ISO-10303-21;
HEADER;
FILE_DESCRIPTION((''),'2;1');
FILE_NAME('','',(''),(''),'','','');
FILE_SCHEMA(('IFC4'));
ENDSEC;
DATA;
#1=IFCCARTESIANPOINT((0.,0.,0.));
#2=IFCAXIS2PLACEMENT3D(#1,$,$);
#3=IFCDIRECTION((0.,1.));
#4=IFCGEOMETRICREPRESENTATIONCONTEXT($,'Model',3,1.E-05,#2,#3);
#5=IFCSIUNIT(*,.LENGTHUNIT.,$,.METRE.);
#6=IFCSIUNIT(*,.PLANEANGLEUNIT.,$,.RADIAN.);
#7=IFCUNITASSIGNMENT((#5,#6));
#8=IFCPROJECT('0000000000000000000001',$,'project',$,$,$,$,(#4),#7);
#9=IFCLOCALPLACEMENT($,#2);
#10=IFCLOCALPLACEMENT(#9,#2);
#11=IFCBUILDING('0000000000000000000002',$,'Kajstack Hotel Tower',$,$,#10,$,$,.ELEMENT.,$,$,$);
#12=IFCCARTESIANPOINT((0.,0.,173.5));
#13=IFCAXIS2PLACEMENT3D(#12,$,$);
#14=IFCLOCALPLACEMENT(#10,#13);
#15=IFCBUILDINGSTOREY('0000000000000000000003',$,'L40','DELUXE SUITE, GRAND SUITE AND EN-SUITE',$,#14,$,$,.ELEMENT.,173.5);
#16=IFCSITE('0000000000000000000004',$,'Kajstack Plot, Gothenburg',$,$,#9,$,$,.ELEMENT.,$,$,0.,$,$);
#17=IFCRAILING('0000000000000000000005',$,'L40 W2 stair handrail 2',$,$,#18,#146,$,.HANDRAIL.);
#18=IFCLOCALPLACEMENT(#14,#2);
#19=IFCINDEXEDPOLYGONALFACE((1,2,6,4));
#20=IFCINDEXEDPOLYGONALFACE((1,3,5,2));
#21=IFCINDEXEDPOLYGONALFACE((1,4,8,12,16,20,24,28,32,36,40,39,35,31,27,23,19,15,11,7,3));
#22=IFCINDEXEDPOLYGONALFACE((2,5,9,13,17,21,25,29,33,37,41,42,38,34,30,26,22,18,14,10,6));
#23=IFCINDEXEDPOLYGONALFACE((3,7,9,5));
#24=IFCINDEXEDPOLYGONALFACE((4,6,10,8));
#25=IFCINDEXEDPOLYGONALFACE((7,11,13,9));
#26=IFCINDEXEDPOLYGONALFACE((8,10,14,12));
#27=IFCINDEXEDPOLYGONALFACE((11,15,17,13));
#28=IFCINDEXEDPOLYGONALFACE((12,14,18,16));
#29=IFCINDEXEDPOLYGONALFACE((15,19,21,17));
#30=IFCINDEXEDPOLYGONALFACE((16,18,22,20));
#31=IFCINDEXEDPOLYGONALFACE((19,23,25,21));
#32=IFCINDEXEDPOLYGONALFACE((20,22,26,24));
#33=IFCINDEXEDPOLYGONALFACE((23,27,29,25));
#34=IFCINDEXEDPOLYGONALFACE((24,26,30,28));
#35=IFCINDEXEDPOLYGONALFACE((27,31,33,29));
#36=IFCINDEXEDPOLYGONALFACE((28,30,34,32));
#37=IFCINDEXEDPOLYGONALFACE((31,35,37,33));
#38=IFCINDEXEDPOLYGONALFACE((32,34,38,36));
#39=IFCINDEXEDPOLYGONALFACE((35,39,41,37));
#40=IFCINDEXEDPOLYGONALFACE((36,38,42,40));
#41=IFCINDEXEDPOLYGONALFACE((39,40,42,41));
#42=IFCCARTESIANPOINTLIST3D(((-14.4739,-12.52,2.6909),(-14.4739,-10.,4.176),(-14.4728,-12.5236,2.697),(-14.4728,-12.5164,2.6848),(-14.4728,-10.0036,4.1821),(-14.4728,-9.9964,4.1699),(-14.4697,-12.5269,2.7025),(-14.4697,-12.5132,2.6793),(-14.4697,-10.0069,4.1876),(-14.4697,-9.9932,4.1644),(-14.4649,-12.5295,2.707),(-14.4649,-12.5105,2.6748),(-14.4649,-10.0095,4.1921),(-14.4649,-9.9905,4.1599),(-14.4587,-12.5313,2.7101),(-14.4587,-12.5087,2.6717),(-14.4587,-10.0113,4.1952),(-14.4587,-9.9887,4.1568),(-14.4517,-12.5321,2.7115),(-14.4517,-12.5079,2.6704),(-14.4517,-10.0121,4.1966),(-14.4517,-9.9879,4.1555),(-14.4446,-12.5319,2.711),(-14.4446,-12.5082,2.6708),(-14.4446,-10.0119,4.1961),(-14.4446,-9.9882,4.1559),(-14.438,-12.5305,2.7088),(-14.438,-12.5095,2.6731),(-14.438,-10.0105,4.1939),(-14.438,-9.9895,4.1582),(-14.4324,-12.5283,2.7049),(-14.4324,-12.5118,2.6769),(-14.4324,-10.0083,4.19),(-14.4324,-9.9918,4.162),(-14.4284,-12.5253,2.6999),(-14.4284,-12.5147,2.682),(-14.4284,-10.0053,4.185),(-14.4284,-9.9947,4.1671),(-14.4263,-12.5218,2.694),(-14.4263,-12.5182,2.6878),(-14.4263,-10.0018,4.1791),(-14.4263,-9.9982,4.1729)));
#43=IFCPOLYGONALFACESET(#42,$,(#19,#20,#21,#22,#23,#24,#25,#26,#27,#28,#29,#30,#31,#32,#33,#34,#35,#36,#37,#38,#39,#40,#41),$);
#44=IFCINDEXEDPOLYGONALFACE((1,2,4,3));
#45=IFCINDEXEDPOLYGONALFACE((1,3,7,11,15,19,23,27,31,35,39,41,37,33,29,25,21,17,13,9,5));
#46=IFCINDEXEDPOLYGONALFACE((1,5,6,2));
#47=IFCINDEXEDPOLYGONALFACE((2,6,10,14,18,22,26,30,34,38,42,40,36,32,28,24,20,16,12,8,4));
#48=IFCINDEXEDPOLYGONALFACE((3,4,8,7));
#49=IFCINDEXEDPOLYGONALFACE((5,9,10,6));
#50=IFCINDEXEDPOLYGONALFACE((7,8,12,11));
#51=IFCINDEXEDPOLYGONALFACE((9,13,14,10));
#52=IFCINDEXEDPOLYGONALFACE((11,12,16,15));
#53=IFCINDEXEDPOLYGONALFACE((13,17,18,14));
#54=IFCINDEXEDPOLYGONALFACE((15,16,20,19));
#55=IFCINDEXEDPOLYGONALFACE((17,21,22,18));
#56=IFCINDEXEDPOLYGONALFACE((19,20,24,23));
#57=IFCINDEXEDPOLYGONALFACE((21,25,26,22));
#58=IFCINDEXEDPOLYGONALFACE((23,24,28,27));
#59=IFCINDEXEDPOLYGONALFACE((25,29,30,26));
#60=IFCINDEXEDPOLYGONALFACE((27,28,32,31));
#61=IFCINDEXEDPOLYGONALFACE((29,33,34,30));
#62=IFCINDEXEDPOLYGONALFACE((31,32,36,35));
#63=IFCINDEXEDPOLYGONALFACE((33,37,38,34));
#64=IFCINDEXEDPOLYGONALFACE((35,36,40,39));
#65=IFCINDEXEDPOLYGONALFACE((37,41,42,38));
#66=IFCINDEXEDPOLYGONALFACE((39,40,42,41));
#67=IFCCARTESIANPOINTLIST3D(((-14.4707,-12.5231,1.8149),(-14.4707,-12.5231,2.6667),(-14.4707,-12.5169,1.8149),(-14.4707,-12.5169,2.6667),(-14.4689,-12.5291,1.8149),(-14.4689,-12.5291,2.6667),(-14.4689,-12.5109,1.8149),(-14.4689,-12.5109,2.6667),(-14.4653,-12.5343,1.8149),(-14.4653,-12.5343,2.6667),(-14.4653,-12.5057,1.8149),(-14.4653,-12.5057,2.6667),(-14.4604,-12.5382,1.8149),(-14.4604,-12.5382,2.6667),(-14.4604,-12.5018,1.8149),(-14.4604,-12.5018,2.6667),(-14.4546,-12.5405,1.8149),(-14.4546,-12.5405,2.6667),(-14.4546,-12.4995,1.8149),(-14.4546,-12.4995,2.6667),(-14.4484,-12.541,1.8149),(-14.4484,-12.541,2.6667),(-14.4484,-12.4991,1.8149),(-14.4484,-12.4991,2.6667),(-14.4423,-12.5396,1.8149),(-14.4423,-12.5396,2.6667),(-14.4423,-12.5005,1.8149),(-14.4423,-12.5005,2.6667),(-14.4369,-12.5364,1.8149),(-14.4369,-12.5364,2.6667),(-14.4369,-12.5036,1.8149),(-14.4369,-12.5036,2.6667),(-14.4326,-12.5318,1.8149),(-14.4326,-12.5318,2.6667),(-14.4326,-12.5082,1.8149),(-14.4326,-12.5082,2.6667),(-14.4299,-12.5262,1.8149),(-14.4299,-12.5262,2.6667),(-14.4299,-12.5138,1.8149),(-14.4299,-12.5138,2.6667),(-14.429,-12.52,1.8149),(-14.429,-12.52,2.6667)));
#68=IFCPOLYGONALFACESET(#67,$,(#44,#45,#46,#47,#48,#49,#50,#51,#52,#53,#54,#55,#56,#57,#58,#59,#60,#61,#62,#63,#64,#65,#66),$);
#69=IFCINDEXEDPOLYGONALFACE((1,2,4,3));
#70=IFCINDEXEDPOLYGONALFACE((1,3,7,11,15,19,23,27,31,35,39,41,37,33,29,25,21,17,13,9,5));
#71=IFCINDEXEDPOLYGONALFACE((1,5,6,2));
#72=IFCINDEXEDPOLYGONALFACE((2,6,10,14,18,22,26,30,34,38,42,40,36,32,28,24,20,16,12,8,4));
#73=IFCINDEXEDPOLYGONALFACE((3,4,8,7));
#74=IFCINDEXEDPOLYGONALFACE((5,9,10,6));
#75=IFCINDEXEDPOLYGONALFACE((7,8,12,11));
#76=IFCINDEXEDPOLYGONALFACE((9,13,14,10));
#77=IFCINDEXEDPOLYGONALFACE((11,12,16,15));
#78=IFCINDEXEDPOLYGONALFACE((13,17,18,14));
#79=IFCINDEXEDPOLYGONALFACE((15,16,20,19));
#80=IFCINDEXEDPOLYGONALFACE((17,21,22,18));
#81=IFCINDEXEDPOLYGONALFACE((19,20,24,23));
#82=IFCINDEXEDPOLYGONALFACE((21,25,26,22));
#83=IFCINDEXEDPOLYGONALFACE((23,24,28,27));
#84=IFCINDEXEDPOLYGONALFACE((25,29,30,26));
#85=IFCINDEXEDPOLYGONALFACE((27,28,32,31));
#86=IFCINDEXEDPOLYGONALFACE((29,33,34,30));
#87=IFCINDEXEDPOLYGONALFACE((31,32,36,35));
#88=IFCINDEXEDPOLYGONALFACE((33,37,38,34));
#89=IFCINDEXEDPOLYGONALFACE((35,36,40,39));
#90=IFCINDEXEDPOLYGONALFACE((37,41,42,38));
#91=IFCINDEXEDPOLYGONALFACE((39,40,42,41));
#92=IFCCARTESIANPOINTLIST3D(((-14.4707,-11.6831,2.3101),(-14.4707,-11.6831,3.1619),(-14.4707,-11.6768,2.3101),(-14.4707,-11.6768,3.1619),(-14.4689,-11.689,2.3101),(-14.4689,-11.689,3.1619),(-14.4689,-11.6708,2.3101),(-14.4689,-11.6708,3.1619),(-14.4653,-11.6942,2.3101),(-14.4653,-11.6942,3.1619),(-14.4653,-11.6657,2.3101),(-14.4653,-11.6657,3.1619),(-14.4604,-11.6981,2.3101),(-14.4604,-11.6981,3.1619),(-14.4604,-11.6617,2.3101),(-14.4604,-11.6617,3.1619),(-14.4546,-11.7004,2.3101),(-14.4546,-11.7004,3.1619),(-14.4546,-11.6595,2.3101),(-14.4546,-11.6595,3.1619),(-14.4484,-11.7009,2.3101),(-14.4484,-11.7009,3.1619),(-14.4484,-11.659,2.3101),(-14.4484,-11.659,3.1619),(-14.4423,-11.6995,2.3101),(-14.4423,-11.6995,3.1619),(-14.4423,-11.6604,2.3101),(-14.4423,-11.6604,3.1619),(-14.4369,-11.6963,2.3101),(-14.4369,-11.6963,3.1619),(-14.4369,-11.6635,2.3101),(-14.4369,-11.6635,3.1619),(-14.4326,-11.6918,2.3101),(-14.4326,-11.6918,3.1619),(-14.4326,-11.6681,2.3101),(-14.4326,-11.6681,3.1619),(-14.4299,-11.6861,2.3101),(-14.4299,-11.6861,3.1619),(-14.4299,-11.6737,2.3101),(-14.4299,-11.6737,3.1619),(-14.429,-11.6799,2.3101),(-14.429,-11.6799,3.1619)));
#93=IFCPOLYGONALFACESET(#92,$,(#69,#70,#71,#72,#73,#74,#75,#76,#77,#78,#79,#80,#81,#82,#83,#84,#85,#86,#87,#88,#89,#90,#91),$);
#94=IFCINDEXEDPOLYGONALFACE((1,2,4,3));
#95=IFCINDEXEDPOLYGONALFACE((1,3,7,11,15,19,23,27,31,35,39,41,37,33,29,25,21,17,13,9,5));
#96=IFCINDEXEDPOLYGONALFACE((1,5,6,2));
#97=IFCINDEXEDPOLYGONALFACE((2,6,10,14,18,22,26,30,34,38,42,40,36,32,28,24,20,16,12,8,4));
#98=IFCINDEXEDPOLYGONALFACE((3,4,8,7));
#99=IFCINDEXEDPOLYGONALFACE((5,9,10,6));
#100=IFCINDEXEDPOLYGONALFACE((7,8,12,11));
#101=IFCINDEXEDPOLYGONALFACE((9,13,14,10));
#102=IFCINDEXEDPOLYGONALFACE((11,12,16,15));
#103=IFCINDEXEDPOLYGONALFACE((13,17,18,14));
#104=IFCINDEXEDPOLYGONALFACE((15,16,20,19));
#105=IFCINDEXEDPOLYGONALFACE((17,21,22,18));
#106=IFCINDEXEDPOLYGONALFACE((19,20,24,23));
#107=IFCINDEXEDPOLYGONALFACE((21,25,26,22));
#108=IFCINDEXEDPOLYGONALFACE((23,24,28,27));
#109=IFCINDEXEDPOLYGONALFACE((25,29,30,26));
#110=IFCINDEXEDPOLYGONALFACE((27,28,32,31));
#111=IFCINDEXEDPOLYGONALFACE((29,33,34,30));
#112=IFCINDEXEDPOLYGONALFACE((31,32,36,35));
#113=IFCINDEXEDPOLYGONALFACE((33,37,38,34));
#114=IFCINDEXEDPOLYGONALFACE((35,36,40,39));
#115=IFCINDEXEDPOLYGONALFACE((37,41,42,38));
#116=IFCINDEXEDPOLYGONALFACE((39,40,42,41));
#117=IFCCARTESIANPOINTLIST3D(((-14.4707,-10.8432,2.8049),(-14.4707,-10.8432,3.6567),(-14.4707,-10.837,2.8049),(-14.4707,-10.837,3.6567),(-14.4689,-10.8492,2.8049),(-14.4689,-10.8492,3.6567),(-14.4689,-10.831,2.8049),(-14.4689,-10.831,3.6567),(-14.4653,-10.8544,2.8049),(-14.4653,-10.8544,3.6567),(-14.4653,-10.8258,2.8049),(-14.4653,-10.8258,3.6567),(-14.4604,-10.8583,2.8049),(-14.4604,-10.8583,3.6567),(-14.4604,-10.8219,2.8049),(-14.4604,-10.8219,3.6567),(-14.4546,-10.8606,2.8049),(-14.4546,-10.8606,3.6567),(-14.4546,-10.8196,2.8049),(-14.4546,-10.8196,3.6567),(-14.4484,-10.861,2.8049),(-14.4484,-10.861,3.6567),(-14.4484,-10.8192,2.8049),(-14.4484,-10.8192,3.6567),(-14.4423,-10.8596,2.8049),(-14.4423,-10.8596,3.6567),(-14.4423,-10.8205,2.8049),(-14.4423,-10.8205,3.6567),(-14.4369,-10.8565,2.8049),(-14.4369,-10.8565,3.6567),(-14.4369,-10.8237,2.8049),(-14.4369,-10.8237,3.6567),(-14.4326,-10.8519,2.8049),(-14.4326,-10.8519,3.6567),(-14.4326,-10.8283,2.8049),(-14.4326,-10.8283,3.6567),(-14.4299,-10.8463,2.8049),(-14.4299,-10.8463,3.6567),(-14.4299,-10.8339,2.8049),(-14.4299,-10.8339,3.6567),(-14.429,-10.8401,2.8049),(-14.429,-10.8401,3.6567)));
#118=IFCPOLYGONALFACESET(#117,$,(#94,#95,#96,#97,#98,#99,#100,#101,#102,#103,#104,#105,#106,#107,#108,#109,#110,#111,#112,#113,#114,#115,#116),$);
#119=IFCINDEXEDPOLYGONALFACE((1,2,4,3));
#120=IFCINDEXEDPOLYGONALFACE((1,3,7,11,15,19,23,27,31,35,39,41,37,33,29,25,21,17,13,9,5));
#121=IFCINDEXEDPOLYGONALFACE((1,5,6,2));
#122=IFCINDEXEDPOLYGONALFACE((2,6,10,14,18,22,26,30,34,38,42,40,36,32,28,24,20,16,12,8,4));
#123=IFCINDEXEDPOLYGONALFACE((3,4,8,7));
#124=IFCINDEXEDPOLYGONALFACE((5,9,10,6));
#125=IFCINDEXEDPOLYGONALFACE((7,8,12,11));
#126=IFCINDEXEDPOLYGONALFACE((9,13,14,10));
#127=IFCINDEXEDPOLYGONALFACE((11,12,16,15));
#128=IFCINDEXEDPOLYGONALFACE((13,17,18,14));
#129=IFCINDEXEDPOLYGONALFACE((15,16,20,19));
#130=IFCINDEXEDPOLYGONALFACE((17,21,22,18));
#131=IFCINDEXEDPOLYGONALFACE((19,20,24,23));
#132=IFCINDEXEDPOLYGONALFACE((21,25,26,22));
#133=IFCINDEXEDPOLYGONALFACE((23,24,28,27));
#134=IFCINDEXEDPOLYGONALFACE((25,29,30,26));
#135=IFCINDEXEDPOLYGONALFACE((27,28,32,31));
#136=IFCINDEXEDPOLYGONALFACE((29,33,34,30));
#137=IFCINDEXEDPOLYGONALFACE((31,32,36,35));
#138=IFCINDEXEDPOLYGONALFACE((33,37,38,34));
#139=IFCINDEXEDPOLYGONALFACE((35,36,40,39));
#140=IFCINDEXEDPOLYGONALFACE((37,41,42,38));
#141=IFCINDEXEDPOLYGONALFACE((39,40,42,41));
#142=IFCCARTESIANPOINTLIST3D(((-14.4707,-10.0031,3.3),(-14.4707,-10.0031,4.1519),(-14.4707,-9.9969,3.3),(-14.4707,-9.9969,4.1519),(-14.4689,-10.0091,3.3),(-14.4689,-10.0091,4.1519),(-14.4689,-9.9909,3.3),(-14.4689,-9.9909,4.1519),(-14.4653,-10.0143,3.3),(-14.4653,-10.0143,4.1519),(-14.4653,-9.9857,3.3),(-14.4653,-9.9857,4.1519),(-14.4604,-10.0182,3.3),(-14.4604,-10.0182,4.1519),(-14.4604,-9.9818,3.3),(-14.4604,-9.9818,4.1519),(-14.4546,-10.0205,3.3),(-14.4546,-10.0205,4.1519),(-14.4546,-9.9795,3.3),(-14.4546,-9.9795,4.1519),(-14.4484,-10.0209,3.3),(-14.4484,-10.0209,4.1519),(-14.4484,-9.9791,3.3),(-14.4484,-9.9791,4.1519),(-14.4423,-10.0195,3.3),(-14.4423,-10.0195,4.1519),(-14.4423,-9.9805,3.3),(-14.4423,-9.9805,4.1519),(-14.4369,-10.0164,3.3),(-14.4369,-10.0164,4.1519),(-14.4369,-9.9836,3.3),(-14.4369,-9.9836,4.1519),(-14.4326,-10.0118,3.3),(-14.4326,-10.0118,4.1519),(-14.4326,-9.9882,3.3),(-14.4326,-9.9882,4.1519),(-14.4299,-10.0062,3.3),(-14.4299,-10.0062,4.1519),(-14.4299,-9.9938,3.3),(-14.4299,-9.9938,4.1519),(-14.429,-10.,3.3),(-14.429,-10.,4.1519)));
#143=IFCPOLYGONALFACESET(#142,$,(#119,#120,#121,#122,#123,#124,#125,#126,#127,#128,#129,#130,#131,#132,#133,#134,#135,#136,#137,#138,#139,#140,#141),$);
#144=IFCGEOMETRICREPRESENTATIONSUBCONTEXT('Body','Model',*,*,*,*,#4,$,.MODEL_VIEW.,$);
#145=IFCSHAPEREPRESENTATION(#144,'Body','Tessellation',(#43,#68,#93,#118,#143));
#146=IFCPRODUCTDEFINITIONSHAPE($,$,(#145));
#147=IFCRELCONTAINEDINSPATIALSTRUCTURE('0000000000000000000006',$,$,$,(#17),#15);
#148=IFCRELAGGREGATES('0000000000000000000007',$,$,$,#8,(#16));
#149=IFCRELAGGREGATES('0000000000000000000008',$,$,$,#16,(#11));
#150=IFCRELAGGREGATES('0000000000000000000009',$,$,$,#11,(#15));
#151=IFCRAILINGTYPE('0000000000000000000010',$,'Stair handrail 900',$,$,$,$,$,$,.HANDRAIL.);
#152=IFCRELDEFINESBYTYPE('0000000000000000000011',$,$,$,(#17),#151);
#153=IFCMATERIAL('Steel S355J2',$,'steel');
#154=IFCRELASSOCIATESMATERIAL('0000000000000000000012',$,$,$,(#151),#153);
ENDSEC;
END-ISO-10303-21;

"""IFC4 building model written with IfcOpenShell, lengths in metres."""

from ifc_helpers import new_model, si_unit, direction, frame, origin, origin_2d, place, context, subcontext, project, spatial, circle, extrude, material, type_object, element, save


model = new_model("IFC4")

# Units and contexts
model_context = context("Model", 3, precision=1e-05, world=origin(), true_north=direction((0.0, 1.0)))
body_context = subcontext(model_context, "Body", "Model", "MODEL_VIEW")
ifc_project = project(units=[si_unit("LENGTHUNIT", "METRE"), si_unit("PLANEANGLEUNIT", "RADIAN")], contexts=[model_context])

# Site, building, storey
site_placement = place(None, origin())
site = spatial("IfcSite", under=ifc_project, at=site_placement, Name="Kajstack Plot, Gothenburg", CompositionType="ELEMENT", RefElevation=0.0)
building_placement = place(site_placement, origin())
building = spatial("IfcBuilding", under=site, at=building_placement, Name="Kajstack Hotel Tower", CompositionType="ELEMENT")
storey_placement = place(building_placement, frame((0.0, 0.0, 173.5)))
storey = spatial("IfcBuildingStorey", under=building, at=storey_placement, Name="L40", Description="DELUXE SUITE, GRAND SUITE AND EN-SUITE", CompositionType="ELEMENT", Elevation=173.5)

# Railing
ifc_material_1 = material(Name="Steel S355J2", Category="steel")
railing_type_1 = type_object("IfcRailingType", Name="Stair handrail 900", PredefinedType="HANDRAIL", material=ifc_material_1)
railing_1_placement = place(storey_placement, frame((-14.45, -12.52, 1.8149)))
element("IfcRailing", 1, at=railing_1_placement, inside=storey, type_object=railing_type_1, Name="L40 W2 stair handrail 2", PredefinedType="HANDRAIL", context=body_context, shape_type="SweptSolid", body=[
    extrude(circle(Radius=0.0239, at=origin_2d()), frame((0.0, 0.0, 0.876), z_axis=(0.0, 0.861524, 0.507717), x_axis=(-1.0, 0.0, 0.0)), (0.0, 0.0, 1.0), 2.925),
    extrude(circle(Radius=0.021, at=origin_2d()), origin(), (0.0, 0.0, 1.0), 0.8518),
    extrude(circle(Radius=0.021, at=origin_2d()), frame((0.0, 0.8401, 0.4951)), (0.0, 0.0, 1.0), 0.8518),
    extrude(circle(Radius=0.021, at=origin_2d()), frame((0.0, 1.6799, 0.99)), (0.0, 0.0, 1.0), 0.8518),
    extrude(circle(Radius=0.021, at=origin_2d()), frame((0.0, 2.52, 1.4851)), (0.0, 0.0, 1.0), 0.8518),
])

save(model, "model.ifc")
